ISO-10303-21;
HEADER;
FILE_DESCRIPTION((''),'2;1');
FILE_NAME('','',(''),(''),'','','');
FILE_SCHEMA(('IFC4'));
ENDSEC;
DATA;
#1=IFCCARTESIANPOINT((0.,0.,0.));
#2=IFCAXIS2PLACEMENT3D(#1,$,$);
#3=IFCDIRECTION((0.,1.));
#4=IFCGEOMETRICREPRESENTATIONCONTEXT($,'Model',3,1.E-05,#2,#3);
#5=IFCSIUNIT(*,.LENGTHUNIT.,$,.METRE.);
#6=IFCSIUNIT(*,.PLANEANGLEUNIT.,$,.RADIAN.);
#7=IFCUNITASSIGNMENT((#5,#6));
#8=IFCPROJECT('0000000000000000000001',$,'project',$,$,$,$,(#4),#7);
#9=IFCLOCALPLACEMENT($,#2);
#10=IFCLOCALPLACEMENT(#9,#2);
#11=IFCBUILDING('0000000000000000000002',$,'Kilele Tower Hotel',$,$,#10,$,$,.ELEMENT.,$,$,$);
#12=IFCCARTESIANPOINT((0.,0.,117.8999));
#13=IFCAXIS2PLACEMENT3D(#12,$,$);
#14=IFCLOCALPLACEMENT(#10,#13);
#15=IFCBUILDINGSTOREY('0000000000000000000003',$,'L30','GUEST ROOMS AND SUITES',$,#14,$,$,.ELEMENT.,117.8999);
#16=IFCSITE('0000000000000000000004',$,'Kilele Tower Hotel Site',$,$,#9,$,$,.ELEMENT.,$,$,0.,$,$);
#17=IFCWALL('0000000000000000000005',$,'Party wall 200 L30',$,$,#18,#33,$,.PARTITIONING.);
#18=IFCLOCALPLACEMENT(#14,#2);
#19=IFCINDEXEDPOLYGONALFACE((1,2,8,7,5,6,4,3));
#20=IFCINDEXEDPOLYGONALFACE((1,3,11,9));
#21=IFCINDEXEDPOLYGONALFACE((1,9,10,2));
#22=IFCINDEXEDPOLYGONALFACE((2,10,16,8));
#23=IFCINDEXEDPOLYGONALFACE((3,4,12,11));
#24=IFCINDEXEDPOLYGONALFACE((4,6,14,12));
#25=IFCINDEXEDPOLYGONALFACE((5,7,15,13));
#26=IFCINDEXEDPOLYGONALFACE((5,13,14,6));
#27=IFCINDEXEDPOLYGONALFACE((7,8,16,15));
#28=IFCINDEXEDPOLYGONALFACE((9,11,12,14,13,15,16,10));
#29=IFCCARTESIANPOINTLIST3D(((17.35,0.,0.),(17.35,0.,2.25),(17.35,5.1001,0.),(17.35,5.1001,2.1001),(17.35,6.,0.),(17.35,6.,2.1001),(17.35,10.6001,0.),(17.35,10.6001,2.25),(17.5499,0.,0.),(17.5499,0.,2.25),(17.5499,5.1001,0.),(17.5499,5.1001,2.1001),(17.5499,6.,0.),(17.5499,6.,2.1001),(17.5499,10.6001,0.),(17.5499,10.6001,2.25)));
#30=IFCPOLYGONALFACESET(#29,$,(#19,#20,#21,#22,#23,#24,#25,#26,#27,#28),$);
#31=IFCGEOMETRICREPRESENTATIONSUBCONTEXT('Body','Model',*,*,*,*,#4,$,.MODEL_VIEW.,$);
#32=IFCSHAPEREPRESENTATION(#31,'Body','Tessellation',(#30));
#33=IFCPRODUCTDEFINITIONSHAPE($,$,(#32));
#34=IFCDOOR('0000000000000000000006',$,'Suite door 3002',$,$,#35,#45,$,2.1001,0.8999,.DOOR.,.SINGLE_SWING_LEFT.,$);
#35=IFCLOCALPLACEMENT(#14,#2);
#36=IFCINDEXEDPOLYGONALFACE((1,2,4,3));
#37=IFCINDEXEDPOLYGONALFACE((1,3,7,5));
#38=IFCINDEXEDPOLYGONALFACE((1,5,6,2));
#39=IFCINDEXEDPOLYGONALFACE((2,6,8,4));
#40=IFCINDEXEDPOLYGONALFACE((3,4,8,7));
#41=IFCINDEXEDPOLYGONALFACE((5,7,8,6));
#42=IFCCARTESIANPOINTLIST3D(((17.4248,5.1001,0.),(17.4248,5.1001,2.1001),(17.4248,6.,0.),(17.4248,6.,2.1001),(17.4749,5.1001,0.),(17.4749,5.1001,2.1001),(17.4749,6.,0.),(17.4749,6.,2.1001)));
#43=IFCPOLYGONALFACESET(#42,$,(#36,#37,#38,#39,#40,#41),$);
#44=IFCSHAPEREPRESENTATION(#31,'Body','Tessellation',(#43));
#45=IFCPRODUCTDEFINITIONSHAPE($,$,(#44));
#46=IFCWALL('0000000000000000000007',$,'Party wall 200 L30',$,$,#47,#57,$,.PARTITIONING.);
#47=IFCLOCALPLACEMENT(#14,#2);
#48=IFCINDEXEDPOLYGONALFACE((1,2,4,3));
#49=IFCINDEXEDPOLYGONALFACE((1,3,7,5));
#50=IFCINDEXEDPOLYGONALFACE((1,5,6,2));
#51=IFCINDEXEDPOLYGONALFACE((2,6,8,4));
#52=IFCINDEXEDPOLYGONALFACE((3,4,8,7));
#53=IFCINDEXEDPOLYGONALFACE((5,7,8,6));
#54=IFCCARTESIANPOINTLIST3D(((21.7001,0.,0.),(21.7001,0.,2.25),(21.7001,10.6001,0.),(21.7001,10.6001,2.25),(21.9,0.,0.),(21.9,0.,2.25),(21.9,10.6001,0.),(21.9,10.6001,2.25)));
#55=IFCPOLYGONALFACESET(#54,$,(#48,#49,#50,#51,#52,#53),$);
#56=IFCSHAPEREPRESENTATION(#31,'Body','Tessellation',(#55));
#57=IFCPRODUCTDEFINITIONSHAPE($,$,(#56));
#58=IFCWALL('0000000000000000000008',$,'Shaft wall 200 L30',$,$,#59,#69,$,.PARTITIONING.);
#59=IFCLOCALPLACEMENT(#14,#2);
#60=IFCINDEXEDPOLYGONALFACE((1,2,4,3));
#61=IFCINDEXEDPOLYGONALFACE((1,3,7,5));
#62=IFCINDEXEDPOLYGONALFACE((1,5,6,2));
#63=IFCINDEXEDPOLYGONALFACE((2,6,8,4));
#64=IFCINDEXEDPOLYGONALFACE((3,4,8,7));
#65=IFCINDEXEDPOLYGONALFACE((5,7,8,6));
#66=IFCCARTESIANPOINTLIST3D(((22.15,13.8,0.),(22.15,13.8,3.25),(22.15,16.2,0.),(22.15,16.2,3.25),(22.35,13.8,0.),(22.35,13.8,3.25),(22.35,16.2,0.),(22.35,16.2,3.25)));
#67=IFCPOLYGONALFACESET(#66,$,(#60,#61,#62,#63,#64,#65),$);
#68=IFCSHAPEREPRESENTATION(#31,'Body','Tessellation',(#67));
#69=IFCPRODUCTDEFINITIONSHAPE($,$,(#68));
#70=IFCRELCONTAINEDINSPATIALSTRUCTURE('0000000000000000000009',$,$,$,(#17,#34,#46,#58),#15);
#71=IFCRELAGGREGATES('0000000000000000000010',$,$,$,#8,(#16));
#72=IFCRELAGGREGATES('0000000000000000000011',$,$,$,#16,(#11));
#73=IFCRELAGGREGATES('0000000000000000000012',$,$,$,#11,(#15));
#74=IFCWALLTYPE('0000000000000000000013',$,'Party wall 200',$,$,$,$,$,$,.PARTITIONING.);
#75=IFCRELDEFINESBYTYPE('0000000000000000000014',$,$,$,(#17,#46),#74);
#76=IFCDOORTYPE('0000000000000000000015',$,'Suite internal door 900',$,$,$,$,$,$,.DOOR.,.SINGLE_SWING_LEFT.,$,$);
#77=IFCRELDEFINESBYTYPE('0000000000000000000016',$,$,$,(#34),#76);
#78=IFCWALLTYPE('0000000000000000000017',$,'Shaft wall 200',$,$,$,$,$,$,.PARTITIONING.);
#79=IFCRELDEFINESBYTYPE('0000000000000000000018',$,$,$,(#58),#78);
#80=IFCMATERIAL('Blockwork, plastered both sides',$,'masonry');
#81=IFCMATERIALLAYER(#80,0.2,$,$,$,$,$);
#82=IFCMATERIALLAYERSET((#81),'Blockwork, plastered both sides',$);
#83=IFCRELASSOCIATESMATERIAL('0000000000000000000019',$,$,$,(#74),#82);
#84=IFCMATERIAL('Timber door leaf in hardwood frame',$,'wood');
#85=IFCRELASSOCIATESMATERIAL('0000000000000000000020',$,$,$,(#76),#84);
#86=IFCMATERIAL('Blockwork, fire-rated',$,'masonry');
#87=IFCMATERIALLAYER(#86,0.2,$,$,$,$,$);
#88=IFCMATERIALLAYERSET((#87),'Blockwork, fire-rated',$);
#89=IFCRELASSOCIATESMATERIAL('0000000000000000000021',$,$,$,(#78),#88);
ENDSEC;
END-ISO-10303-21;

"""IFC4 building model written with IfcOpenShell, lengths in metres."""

from ifc_helpers import new_model, si_unit, direction, frame, frame_2d, origin, place, context, subcontext, project, spatial, rectangle, extrude, material, layer, layer_set, type_object, element, fill, save


model = new_model("IFC4")

# Units and contexts
model_context = context("Model", 3, precision=1e-05, world=origin(), true_north=direction((0.0, 1.0)))
body_context = subcontext(model_context, "Body", "Model", "MODEL_VIEW")
ifc_project = project(units=[si_unit("LENGTHUNIT", "METRE"), si_unit("PLANEANGLEUNIT", "RADIAN")], contexts=[model_context])

# Site, building, storey
site_placement = place(None, origin())
site = spatial("IfcSite", under=ifc_project, at=site_placement, Name="Kilele Tower Hotel Site", CompositionType="ELEMENT", RefElevation=0.0)
building_placement = place(site_placement, origin())
building = spatial("IfcBuilding", under=site, at=building_placement, Name="Kilele Tower Hotel", CompositionType="ELEMENT")
storey_placement = place(building_placement, frame((0.0, 0.0, 117.8999)))
storey = spatial("IfcBuildingStorey", under=building, at=storey_placement, Name="L30", Description="GUEST ROOMS AND SUITES", CompositionType="ELEMENT", Elevation=117.8999)

# Wall, opening, door
ifc_material_1 = material(Name="Blockwork, plastered both sides", Category="masonry")
ifc_layer_1 = layer(ifc_material_1, 0.2)
ifc_layer_set_1 = layer_set([ifc_layer_1], Name="Blockwork, plastered both sides")
wall_type_1 = type_object("IfcWallType", Name="Party wall 200", PredefinedType="PARTITIONING", material=ifc_layer_set_1)
wall_1_placement = place(storey_placement, frame((17.45, 10.6001, 0.0), z_axis=(0.0, 0.0, 1.0), x_axis=(0.0, -1.0, 0.0)))
wall_1 = element("IfcWall", 1, at=wall_1_placement, inside=storey, type_object=wall_type_1, Name="Party wall 200 L30", PredefinedType="PARTITIONING", context=body_context, shape_type="SweptSolid", body=[
    extrude(rectangle(XDim=10.6001, YDim=0.2, at=frame_2d((5.3, 0.0))), origin(), (0.0, 0.0, 1.0), 2.25),
])
opening_1_placement = place(wall_1_placement, frame((4.6001, 0.0, 0.0)))
opening_1 = element("IfcOpeningElement", 2, at=opening_1_placement, cuts=wall_1, PredefinedType="OPENING", context=body_context, shape_type="SweptSolid", body=[
    extrude(rectangle(XDim=0.8999, YDim=2.1001, at=frame_2d((0.45, 1.05))), frame((0.0, 0.1099, 0.0), z_axis=(0.0, -1.0, 0.0), x_axis=(1.0, 0.0, 0.0)), (0.0, 0.0, 1.0), 0.22),
])
ifc_material_2 = material(Name="Timber door leaf in hardwood frame", Category="wood")
door_type_1 = type_object("IfcDoorType", Name="Suite internal door 900", OperationType="SINGLE_SWING_LEFT", PredefinedType="DOOR", material=ifc_material_2)
door_1_placement = place(opening_1_placement, origin())
door_1 = element("IfcDoor", 3, at=door_1_placement, inside=storey, type_object=door_type_1, Name="Suite door 3002", OperationType="SINGLE_SWING_LEFT", OverallHeight=2.1001, OverallWidth=0.8999, PredefinedType="DOOR", context=body_context, shape_type="SweptSolid", body=[
    extrude(rectangle(XDim=0.8999, YDim=2.1001, at=frame_2d((0.45, 1.05))), frame((0.0, 0.0249, 0.0), z_axis=(0.0, -1.0, 0.0), x_axis=(1.0, 0.0, 0.0)), (0.0, 0.0, 1.0), 0.05),
])
fill(opening_1, door_1)

# Walls
wall_2_placement = place(storey_placement, frame((21.8, 10.6001, 0.0), z_axis=(0.0, 0.0, 1.0), x_axis=(0.0, -1.0, 0.0)))
element("IfcWall", 4, at=wall_2_placement, inside=storey, type_object=wall_type_1, Name="Party wall 200 L30", PredefinedType="PARTITIONING", context=body_context, shape_type="SweptSolid", body=[
    extrude(rectangle(XDim=10.6001, YDim=0.2, at=frame_2d((5.3, 0.0))), origin(), (0.0, 0.0, 1.0), 2.25),
])
ifc_material_3 = material(Name="Blockwork, fire-rated", Category="masonry")
ifc_layer_2 = layer(ifc_material_3, 0.2)
ifc_layer_set_2 = layer_set([ifc_layer_2], Name="Blockwork, fire-rated")
wall_type_2 = type_object("IfcWallType", Name="Shaft wall 200", PredefinedType="PARTITIONING", material=ifc_layer_set_2)
wall_3_placement = place(storey_placement, frame((22.25, 13.8, 0.0), z_axis=(0.0, 0.0, 1.0), x_axis=(0.0, 1.0, 0.0)))
element("IfcWall", 5, at=wall_3_placement, inside=storey, type_object=wall_type_2, Name="Shaft wall 200 L30", PredefinedType="PARTITIONING", context=body_context, shape_type="SweptSolid", body=[
    extrude(rectangle(XDim=2.3999, YDim=0.2, at=frame_2d((1.2, 0.0))), origin(), (0.0, 0.0, 1.0), 3.25),
])

save(model, "model.ifc")
